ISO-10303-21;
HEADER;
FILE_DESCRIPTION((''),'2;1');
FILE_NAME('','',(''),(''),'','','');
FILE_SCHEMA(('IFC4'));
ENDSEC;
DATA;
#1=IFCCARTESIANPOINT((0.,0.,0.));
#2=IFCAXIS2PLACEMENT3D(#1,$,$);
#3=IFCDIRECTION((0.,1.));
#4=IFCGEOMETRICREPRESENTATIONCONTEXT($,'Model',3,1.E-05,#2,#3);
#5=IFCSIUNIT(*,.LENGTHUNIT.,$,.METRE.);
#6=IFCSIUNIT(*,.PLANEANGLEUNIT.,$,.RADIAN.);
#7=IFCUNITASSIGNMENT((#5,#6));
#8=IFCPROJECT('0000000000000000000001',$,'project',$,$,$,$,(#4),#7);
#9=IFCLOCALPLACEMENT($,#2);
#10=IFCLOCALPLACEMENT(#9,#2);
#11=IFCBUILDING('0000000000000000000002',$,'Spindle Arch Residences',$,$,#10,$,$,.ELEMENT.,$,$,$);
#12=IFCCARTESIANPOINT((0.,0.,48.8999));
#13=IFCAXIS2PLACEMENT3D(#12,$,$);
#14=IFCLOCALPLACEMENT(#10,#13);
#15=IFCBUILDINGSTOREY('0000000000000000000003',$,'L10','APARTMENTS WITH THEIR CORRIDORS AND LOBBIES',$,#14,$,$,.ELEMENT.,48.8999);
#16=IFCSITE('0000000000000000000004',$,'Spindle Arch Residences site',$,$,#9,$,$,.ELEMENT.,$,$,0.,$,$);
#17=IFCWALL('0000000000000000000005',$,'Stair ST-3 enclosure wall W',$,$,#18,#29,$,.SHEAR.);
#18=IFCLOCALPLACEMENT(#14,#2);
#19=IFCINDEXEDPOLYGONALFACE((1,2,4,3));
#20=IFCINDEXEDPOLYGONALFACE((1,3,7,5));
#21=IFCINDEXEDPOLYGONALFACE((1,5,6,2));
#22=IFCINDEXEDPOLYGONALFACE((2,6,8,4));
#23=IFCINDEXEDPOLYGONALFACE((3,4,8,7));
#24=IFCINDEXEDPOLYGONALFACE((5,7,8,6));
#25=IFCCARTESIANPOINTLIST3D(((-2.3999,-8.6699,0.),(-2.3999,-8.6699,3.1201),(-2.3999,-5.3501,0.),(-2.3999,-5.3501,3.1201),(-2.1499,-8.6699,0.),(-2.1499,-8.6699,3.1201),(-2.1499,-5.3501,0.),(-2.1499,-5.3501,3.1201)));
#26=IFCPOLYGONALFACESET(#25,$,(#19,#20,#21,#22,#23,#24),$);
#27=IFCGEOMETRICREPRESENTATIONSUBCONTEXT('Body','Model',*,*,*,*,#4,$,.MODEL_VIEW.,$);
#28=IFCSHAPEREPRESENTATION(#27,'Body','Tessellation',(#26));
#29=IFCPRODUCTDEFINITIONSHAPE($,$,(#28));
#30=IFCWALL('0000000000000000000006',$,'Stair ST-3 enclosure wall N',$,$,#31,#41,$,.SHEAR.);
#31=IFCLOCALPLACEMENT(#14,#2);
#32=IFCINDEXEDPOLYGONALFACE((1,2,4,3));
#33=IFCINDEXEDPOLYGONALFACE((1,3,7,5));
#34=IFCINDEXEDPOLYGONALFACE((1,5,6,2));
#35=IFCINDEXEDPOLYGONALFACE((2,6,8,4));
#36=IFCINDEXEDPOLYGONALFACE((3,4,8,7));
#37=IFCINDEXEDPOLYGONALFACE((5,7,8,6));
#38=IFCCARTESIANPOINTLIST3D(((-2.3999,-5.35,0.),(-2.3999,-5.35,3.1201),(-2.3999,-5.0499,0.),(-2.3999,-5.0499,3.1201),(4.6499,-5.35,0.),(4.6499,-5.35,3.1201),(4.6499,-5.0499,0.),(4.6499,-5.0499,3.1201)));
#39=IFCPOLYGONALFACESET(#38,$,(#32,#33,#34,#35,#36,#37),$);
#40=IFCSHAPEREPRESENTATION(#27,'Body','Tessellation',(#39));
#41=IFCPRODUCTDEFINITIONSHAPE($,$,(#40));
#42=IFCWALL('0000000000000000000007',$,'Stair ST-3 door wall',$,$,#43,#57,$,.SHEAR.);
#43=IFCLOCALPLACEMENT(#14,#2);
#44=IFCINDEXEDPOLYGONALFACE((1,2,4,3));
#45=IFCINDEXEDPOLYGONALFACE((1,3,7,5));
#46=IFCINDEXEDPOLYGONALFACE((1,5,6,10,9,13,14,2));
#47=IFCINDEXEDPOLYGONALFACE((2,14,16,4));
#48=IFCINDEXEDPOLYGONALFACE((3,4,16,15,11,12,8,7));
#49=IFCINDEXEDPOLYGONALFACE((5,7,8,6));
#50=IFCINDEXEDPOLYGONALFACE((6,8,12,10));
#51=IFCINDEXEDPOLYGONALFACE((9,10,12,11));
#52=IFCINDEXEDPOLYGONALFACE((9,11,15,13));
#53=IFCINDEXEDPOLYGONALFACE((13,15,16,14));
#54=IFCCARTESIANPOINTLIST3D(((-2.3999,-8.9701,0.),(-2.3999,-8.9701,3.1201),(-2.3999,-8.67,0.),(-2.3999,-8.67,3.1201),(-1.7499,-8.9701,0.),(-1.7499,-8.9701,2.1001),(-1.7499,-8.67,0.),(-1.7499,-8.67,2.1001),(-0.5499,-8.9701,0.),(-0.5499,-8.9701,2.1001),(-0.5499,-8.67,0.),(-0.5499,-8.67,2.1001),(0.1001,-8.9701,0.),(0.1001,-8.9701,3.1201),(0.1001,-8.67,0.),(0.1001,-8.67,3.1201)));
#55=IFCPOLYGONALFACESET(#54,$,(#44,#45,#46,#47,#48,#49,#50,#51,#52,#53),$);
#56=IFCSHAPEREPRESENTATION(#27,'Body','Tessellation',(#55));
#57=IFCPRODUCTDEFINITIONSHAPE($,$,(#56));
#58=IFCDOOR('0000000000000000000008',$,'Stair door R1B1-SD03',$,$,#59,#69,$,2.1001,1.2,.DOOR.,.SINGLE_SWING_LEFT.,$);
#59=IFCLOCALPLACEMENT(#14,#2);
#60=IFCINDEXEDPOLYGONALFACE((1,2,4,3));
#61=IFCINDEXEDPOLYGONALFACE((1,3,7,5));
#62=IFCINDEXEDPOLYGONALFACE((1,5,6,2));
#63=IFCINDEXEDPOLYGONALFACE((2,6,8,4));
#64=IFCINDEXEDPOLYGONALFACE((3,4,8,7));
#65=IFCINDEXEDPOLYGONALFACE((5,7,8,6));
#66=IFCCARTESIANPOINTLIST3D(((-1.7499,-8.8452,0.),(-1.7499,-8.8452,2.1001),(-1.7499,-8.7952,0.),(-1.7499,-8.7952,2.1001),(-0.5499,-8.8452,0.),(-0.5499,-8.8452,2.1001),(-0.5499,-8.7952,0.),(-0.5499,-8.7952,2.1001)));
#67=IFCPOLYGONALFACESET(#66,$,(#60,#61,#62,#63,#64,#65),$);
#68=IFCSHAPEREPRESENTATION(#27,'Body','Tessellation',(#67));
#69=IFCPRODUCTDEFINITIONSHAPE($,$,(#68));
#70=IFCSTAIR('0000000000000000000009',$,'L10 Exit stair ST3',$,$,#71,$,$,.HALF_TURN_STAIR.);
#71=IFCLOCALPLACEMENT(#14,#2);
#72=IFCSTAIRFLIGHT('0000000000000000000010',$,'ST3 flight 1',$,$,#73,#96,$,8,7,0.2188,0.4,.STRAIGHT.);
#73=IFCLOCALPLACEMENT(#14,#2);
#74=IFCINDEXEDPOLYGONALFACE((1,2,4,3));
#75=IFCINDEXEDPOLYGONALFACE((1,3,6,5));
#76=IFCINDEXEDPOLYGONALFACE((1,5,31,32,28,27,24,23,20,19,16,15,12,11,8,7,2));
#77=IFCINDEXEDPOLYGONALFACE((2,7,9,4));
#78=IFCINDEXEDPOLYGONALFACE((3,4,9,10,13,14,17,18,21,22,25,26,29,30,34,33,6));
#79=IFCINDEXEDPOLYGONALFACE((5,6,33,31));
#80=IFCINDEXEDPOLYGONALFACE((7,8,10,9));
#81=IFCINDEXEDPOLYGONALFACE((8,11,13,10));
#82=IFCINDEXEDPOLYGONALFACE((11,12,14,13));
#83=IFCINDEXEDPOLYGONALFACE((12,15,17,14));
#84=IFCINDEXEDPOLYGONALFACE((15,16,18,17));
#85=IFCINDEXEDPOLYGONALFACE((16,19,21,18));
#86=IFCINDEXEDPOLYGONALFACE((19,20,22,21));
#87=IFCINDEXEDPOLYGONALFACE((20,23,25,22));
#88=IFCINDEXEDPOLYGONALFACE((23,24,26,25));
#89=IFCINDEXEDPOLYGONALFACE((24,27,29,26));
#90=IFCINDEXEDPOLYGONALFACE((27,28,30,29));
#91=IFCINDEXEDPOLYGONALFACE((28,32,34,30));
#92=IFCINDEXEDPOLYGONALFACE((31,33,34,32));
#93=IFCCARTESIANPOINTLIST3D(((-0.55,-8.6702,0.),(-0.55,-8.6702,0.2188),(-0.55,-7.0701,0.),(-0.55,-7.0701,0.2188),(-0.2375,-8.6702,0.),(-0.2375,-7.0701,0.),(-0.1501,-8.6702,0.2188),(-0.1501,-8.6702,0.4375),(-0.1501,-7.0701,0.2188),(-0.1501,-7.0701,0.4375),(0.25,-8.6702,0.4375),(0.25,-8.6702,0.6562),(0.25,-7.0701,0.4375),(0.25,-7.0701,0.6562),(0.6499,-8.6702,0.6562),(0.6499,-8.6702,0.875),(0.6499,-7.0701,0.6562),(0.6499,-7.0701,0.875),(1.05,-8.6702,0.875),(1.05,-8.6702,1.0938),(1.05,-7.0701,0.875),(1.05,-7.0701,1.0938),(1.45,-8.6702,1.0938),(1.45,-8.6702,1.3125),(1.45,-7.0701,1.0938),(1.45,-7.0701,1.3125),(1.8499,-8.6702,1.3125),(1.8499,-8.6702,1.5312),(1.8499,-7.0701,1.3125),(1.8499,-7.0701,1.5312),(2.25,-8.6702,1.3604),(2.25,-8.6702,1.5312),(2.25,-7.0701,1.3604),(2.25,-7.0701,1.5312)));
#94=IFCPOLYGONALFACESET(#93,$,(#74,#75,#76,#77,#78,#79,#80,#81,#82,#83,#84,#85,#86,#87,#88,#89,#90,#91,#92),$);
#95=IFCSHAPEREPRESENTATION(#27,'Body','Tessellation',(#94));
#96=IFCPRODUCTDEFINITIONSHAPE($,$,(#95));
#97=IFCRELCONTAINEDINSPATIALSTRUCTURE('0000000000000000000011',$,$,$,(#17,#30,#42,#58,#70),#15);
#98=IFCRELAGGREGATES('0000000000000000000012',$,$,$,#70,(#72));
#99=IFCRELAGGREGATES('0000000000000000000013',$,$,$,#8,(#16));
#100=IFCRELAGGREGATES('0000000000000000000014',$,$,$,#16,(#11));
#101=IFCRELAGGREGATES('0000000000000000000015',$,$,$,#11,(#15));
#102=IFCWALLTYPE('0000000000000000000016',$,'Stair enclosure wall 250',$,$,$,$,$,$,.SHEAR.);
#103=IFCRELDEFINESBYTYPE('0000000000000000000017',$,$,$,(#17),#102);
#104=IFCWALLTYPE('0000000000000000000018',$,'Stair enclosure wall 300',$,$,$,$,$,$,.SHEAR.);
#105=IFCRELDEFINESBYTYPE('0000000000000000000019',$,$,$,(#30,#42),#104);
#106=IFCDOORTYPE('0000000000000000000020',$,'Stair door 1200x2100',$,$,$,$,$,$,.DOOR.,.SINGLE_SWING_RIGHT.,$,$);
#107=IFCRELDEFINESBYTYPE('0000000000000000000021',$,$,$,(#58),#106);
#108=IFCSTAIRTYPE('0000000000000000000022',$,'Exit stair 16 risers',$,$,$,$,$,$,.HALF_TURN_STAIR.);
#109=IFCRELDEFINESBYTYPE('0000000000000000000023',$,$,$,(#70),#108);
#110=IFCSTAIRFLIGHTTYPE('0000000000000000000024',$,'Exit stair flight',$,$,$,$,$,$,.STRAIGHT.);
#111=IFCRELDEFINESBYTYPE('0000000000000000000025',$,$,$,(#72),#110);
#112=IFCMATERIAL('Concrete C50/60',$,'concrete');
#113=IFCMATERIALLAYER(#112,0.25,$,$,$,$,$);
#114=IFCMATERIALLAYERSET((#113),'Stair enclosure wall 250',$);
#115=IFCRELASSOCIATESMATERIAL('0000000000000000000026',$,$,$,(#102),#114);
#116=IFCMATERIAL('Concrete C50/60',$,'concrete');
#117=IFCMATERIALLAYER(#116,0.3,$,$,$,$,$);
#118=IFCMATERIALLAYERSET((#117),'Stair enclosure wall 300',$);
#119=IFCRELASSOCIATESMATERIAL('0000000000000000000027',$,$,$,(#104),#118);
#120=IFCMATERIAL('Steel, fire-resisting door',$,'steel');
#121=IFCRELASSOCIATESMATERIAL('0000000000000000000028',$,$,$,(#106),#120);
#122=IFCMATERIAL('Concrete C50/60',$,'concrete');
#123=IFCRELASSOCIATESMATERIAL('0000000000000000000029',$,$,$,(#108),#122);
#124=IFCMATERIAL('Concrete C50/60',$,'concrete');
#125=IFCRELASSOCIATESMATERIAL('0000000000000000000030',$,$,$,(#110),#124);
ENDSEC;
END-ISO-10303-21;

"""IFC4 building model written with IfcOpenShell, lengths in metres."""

from ifc_helpers import new_model, si_unit, direction, frame, frame_2d, origin, place, context, subcontext, project, spatial, polyline, rectangle, outline, extrude, material, layer, layer_set, type_object, element, fill, aggregate, save


model = new_model("IFC4")

# Units and contexts
model_context = context("Model", 3, precision=1e-05, world=origin(), true_north=direction((0.0, 1.0)))
body_context = subcontext(model_context, "Body", "Model", "MODEL_VIEW")
ifc_project = project(units=[si_unit("LENGTHUNIT", "METRE"), si_unit("PLANEANGLEUNIT", "RADIAN")], contexts=[model_context])

# Site, building, storey
site_placement = place(None, origin())
site = spatial("IfcSite", under=ifc_project, at=site_placement, Name="Spindle Arch Residences site", CompositionType="ELEMENT", RefElevation=0.0)
building_placement = place(site_placement, origin())
building = spatial("IfcBuilding", under=site, at=building_placement, Name="Spindle Arch Residences", CompositionType="ELEMENT")
storey_placement = place(building_placement, frame((0.0, 0.0, 48.8999)))
storey = spatial("IfcBuildingStorey", under=building, at=storey_placement, Name="L10", Description="APARTMENTS WITH THEIR CORRIDORS AND LOBBIES", CompositionType="ELEMENT", Elevation=48.8999)

# Walls
ifc_material_1 = material(Name="Concrete C50/60", Category="concrete")
ifc_layer_1 = layer(ifc_material_1, 0.25)
ifc_layer_set_1 = layer_set([ifc_layer_1], Name="Stair enclosure wall 250")
wall_type_1 = type_object("IfcWallType", Name="Stair enclosure wall 250", PredefinedType="SHEAR", material=ifc_layer_set_1)
wall_1_placement = place(storey_placement, frame((-2.2749, -8.6699, 0.0), z_axis=(0.0, 0.0, 1.0), x_axis=(0.0, 1.0, 0.0)))
element("IfcWall", 1, at=wall_1_placement, inside=storey, type_object=wall_type_1, Name="Stair ST-3 enclosure wall W", PredefinedType="SHEAR", context=body_context, shape_type="SweptSolid", body=[
    extrude(rectangle(XDim=3.3198, YDim=0.25, at=frame_2d((1.6599, 0.0))), origin(), (0.0, 0.0, 1.0), 3.1201),
])
ifc_material_2 = material(Name="Concrete C50/60", Category="concrete")
ifc_layer_2 = layer(ifc_material_2, 0.3)
ifc_layer_set_2 = layer_set([ifc_layer_2], Name="Stair enclosure wall 300")
wall_type_2 = type_object("IfcWallType", Name="Stair enclosure wall 300", PredefinedType="SHEAR", material=ifc_layer_set_2)
wall_2_placement = place(storey_placement, frame((-2.3999, -5.2, 0.0), z_axis=(0.0, 0.0, 1.0), x_axis=(1.0, 0.0, 0.0)))
element("IfcWall", 2, at=wall_2_placement, inside=storey, type_object=wall_type_2, Name="Stair ST-3 enclosure wall N", PredefinedType="SHEAR", context=body_context, shape_type="SweptSolid", body=[
    extrude(rectangle(XDim=7.0498, YDim=0.3, at=frame_2d((3.5249, 0.0))), origin(), (0.0, 0.0, 1.0), 3.1201),
])

# Wall, opening, door
wall_3_placement = place(storey_placement, frame((-2.3999, -8.8201, 0.0), z_axis=(0.0, 0.0, 1.0), x_axis=(1.0, 0.0, 0.0)))
wall_3 = element("IfcWall", 3, at=wall_3_placement, inside=storey, type_object=wall_type_2, Name="Stair ST-3 door wall", PredefinedType="SHEAR", context=body_context, shape_type="SweptSolid", body=[
    extrude(rectangle(XDim=2.5, YDim=0.3, at=frame_2d((1.25, 0.0))), origin(), (0.0, 0.0, 1.0), 3.1201),
])
opening_1_placement = place(wall_3_placement, frame((0.6499, 0.0, 0.0)))
opening_1 = element("IfcOpeningElement", 4, at=opening_1_placement, cuts=wall_3, PredefinedType="OPENING", context=body_context, shape_type="SweptSolid", body=[
    extrude(rectangle(XDim=1.2, YDim=2.1001, at=frame_2d((0.6001, 1.05))), frame((0.0, 0.1602, 0.0), z_axis=(0.0, -1.0, 0.0), x_axis=(1.0, 0.0, 0.0)), (0.0, 0.0, 1.0), 0.3201),
])
ifc_material_3 = material(Name="Steel, fire-resisting door", Category="steel")
door_type_1 = type_object("IfcDoorType", Name="Stair door 1200x2100", OperationType="SINGLE_SWING_RIGHT", PredefinedType="DOOR", material=ifc_material_3)
door_1_placement = place(opening_1_placement, origin())
door_1 = element("IfcDoor", 5, at=door_1_placement, inside=storey, type_object=door_type_1, Name="Stair door R1B1-SD03", OperationType="SINGLE_SWING_LEFT", OverallHeight=2.1001, OverallWidth=1.2, PredefinedType="DOOR", context=body_context, shape_type="SweptSolid", body=[
    extrude(rectangle(XDim=1.2, YDim=2.1001, at=frame_2d((0.6001, 1.05))), frame((0.0, 0.0249, 0.0), z_axis=(0.0, -1.0, 0.0), x_axis=(1.0, 0.0, 0.0)), (0.0, 0.0, 1.0), 0.05),
])
fill(opening_1, door_1)

# Stair, stair flight
ifc_material_4 = material(Name="Concrete C50/60", Category="concrete")
stair_type = type_object("IfcStairType", Name="Exit stair 16 risers", PredefinedType="HALF_TURN_STAIR", material=ifc_material_4)
stair_placement = place(storey_placement, origin())
stair = element("IfcStair", 6, at=stair_placement, inside=storey, type_object=stair_type, Name="L10 Exit stair ST3", PredefinedType="HALF_TURN_STAIR")
ifc_material_5 = material(Name="Concrete C50/60", Category="concrete")
stair_flight_type = type_object("IfcStairFlightType", Name="Exit stair flight", PredefinedType="STRAIGHT", material=ifc_material_5)
stair_flight_placement = place(storey_placement, frame((-0.55, -7.8701, 0.0), z_axis=(0.0, 0.0, 1.0), x_axis=(1.0, 0.0, 0.0)))
stair_flight = element("IfcStairFlight", 7, at=stair_flight_placement, type_object=stair_flight_type, Name="ST3 flight 1", NumberOfRisers=8, NumberOfTreads=7, PredefinedType="STRAIGHT", RiserHeight=0.2188, TreadLength=0.4, context=body_context, shape_type="SweptSolid", body=[
    extrude(outline(polyline([(0.0, 0.0), (0.0, 0.2188), (0.3999, 0.2188), (0.3999, 0.4375), (0.8, 0.4375), (0.8, 0.6562), (1.2, 0.6562), (1.2, 0.875), (1.6001, 0.875), (1.6001, 1.0938), (2.0, 1.0938), (2.0, 1.3125), (2.3999, 1.3125), (2.3999, 1.5312), (2.8, 1.5312), (2.8, 1.75), (2.8, 1.3604), (0.3125, 0.0), (0.0, 0.0)])), frame((0.0, 0.8, 0.0), z_axis=(0.0, -1.0, 0.0), x_axis=(1.0, 0.0, 0.0)), (0.0, 0.0, 1.0), 1.6001),
])
aggregate(stair, [stair_flight])

save(model, "model.ifc")
